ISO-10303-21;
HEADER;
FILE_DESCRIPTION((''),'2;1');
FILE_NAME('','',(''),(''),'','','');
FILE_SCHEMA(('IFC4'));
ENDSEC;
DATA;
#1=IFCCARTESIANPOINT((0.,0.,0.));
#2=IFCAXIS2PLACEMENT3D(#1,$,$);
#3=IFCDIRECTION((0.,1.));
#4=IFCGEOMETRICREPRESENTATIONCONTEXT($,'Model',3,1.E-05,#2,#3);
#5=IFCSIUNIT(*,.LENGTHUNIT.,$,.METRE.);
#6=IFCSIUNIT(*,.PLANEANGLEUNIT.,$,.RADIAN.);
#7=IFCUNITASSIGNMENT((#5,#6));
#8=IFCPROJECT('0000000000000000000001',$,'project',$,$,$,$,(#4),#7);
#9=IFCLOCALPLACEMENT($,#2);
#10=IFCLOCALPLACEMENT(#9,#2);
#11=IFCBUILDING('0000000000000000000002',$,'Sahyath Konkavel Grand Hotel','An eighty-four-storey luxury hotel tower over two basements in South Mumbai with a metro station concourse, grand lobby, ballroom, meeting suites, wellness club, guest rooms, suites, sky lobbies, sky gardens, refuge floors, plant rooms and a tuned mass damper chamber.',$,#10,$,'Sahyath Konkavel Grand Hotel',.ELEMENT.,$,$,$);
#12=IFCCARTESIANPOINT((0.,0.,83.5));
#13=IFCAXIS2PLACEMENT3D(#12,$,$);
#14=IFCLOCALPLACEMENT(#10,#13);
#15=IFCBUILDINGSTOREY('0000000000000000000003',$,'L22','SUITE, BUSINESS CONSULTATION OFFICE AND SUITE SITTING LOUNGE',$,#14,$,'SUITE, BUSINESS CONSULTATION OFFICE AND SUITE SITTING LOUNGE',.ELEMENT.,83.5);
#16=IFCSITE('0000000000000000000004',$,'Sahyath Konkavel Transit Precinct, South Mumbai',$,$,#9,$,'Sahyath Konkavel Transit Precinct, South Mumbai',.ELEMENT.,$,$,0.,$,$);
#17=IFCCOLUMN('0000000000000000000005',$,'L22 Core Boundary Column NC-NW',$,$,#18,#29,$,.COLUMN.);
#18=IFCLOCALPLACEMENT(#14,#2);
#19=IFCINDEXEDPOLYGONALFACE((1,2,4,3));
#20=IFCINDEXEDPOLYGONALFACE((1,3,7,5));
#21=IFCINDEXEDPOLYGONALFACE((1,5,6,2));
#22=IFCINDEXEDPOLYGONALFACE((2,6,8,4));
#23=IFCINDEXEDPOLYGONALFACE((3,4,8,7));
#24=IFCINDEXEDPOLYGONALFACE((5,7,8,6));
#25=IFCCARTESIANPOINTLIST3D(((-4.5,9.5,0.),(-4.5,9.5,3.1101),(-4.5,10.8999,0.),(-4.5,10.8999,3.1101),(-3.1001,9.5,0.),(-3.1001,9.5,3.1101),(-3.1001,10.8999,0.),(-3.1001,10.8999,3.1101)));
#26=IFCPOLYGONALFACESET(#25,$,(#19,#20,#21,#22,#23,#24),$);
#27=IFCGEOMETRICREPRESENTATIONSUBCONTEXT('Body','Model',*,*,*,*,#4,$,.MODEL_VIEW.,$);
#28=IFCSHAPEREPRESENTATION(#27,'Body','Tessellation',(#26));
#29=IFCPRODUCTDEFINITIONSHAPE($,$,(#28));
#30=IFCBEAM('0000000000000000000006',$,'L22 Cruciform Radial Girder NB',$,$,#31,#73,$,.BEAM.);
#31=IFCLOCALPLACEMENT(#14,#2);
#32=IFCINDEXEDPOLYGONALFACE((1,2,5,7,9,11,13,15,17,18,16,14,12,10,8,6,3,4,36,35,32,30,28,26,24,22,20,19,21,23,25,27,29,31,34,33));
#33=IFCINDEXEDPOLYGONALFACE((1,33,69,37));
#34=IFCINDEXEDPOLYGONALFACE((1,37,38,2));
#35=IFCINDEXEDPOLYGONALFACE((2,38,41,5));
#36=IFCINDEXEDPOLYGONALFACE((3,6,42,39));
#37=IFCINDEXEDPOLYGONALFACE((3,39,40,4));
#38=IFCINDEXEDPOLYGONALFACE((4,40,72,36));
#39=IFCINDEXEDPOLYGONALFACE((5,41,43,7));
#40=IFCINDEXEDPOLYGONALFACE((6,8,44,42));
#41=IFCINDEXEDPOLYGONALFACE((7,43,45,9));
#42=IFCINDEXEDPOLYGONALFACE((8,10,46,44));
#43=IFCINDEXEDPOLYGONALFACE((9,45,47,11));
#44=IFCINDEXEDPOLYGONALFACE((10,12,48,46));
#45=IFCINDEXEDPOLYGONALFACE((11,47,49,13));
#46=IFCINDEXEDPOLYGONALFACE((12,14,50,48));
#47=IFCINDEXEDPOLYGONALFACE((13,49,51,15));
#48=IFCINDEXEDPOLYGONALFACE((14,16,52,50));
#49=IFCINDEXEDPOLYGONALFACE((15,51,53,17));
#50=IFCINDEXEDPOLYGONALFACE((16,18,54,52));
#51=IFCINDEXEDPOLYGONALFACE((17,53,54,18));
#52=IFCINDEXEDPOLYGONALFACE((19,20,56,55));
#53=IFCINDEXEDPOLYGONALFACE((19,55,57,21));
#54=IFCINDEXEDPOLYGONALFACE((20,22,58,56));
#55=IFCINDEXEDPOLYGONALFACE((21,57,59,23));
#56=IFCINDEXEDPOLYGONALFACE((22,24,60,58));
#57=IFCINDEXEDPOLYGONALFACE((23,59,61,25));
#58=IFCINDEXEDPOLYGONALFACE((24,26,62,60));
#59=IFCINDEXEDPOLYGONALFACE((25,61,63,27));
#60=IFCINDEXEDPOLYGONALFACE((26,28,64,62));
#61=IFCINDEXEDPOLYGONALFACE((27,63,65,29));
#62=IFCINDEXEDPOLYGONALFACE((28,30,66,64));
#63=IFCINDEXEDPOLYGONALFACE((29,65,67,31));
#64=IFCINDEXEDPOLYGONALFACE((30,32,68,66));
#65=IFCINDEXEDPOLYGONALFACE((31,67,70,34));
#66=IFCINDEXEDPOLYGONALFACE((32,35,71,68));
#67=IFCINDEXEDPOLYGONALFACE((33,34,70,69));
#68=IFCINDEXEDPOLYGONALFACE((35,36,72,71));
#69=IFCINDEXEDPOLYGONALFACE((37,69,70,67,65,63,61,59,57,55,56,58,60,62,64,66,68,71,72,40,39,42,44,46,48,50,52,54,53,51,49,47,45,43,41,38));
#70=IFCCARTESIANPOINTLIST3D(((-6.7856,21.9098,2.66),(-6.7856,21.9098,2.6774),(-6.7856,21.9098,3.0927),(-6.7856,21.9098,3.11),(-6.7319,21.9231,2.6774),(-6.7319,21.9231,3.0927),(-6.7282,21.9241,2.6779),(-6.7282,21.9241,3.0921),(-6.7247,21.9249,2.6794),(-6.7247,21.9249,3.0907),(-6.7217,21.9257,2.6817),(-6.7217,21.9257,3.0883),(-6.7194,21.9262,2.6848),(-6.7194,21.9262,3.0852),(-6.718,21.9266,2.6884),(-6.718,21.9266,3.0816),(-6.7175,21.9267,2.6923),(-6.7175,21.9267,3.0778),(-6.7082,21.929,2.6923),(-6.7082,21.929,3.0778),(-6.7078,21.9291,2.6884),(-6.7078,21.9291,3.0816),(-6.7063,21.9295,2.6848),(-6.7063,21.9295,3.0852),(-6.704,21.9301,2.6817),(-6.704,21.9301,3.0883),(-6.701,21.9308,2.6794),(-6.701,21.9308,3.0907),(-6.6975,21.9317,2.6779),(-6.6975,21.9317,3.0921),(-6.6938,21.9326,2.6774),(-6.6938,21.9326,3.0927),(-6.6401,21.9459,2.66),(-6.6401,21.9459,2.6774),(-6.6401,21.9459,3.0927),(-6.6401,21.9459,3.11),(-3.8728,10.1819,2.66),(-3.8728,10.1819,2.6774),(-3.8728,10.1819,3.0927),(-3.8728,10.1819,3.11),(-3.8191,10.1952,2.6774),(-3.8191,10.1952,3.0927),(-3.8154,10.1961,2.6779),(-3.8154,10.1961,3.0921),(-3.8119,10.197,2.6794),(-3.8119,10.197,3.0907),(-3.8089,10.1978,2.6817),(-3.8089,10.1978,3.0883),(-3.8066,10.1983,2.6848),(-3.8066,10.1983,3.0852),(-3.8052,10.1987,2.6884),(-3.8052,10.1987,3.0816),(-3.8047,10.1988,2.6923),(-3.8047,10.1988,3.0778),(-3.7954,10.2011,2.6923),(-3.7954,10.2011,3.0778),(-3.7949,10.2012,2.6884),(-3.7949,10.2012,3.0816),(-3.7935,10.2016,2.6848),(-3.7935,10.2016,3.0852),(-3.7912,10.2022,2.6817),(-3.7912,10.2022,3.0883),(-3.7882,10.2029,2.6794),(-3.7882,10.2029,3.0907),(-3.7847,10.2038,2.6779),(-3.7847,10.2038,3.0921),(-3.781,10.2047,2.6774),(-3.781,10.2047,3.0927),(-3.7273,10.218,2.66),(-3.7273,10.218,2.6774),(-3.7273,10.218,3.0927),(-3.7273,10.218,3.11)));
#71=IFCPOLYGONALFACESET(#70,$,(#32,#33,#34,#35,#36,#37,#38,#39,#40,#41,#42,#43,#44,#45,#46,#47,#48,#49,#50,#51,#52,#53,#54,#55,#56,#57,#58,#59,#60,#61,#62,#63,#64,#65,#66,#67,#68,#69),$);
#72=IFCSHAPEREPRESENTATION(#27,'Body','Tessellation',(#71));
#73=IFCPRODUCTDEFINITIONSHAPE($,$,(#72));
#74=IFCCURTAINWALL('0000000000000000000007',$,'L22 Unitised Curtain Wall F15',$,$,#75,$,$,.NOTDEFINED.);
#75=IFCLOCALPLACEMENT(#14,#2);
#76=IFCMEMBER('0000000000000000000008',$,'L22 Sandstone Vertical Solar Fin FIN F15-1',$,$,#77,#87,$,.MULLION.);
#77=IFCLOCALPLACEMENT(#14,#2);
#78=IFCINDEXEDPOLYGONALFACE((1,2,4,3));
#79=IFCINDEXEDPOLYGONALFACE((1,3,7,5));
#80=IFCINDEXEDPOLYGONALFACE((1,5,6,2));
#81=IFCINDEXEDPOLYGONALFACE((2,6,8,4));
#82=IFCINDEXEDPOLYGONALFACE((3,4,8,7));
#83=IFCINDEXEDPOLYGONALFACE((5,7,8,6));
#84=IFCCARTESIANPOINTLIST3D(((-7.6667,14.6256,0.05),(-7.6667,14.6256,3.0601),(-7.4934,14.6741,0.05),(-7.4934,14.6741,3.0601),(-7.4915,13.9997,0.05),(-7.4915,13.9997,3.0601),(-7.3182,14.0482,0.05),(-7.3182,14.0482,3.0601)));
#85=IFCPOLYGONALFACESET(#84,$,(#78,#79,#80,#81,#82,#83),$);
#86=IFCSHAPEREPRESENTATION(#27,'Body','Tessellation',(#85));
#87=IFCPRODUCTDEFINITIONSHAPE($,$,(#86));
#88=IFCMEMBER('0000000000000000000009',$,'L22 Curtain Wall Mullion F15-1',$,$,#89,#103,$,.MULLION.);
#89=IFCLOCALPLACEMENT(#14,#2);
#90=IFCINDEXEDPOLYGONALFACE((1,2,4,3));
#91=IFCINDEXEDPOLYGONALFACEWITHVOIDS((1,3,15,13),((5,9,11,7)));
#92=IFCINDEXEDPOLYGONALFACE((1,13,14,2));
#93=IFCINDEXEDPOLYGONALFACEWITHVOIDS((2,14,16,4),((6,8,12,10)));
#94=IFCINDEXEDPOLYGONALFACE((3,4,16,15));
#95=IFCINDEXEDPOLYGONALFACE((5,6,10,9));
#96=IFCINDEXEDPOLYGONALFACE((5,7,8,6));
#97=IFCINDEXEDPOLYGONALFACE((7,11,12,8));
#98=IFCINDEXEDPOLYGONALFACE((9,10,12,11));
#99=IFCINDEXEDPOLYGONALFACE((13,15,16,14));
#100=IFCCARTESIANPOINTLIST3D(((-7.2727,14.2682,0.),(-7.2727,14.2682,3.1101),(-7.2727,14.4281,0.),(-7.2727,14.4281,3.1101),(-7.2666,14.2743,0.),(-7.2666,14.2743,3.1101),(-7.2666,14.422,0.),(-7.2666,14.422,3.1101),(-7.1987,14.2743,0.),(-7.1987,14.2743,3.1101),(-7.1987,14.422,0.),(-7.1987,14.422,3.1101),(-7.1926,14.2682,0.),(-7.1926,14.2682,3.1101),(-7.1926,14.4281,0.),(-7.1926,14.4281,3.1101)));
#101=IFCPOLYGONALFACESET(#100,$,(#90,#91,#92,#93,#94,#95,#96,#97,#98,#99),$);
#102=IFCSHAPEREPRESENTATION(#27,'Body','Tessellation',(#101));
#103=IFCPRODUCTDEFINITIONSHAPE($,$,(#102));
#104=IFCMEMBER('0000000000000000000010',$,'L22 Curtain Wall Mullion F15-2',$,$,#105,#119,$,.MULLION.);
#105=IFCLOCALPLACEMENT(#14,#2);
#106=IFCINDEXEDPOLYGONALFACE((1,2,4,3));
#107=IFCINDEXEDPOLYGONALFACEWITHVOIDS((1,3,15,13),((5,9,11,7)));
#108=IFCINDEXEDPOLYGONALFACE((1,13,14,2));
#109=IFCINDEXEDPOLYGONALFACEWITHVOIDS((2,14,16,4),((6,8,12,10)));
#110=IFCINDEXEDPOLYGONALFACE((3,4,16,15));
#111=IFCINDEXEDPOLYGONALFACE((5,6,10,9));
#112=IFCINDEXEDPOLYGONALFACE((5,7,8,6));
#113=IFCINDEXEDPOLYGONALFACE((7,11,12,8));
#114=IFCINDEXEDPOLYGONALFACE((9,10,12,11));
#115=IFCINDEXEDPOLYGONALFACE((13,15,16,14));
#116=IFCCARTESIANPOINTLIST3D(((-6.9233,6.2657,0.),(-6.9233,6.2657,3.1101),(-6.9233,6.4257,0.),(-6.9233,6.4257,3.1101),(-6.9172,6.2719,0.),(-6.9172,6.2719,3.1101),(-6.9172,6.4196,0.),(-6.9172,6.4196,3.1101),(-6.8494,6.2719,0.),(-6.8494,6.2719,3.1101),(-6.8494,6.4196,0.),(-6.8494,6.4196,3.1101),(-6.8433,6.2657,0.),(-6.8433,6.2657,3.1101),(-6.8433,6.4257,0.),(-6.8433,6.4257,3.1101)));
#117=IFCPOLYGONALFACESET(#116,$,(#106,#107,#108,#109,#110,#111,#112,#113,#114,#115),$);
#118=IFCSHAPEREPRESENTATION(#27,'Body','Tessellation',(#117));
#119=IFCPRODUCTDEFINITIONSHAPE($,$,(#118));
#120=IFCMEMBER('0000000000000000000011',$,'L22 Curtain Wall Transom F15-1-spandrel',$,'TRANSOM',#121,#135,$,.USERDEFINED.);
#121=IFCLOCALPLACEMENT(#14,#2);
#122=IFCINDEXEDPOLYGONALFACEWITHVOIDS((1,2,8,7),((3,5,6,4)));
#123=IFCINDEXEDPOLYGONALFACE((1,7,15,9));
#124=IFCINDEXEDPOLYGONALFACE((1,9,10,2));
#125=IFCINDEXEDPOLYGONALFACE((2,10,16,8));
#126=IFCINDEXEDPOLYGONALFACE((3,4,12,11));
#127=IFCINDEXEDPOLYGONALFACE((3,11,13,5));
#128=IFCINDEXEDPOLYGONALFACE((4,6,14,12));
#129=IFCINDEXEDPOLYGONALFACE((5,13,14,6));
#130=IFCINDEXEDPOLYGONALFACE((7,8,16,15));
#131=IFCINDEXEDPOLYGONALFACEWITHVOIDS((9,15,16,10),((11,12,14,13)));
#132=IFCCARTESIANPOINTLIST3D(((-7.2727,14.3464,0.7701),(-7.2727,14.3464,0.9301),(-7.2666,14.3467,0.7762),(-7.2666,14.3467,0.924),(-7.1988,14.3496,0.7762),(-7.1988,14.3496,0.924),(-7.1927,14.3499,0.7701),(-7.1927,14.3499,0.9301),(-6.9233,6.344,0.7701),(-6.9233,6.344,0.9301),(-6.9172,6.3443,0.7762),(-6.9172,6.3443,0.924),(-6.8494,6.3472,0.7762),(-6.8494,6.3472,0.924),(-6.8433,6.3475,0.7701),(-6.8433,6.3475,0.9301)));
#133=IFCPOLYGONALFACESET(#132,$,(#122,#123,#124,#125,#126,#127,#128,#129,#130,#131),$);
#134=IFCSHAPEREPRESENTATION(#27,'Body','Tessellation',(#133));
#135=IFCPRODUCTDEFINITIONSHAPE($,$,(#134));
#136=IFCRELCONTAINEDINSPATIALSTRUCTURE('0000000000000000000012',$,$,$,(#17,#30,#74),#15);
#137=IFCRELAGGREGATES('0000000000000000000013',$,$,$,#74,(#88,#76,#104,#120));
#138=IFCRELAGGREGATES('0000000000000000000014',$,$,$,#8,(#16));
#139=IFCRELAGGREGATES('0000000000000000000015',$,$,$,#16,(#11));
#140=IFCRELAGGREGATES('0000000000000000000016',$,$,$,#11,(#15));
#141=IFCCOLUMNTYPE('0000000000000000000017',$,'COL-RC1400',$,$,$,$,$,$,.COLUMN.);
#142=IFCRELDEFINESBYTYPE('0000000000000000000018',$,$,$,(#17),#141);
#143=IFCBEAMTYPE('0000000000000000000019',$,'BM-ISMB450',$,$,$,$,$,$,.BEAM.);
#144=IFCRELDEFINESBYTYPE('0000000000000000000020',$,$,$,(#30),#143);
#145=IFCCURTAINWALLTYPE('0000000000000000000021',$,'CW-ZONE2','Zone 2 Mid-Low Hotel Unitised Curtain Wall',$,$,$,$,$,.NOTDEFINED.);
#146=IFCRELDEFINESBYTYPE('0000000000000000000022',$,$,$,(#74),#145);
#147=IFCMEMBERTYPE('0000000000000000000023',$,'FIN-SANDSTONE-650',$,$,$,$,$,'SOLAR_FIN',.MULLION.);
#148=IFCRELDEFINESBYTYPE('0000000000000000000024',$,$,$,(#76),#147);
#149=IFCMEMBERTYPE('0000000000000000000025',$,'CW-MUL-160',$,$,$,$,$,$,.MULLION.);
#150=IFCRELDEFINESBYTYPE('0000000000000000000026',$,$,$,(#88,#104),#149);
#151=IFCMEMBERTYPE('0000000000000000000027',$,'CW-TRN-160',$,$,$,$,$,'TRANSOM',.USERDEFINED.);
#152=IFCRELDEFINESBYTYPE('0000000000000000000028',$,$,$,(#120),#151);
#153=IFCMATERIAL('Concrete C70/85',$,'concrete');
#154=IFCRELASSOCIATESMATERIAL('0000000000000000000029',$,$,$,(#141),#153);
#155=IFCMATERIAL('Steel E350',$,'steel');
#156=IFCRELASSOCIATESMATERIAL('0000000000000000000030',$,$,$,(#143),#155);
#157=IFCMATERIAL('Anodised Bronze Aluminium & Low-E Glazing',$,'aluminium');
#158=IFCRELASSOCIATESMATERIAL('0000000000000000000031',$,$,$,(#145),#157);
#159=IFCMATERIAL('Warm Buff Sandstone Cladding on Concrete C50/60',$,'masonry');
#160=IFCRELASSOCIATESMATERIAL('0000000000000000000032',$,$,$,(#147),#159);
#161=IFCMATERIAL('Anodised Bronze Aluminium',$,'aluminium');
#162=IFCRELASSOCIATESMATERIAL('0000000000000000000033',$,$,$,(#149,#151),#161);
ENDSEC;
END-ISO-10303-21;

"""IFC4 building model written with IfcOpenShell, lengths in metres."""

from ifc_helpers import new_model, si_unit, direction, frame, origin, origin_2d, place, context, subcontext, project, spatial, rectangle, hollow_rectangle, i_section, extrude, source, transform, mapped, material, material_profile, profile_set, type_object, element, aggregate, save


model = new_model("IFC4")

# Units and contexts
model_context = context("Model", 3, precision=1e-05, world=origin(), true_north=direction((0.0, 1.0)))
body_context = subcontext(model_context, "Body", "Model", "MODEL_VIEW")
ifc_project = project(units=[si_unit("LENGTHUNIT", "METRE"), si_unit("PLANEANGLEUNIT", "RADIAN")], contexts=[model_context])

# Site, building, storey
site_placement = place(None, origin())
site = spatial("IfcSite", under=ifc_project, at=site_placement, Name="Sahyath Konkavel Transit Precinct, South Mumbai", LongName="Sahyath Konkavel Transit Precinct, South Mumbai", CompositionType="ELEMENT", RefElevation=0.0)
building_placement = place(site_placement, origin())
building = spatial("IfcBuilding", under=site, at=building_placement, Name="Sahyath Konkavel Grand Hotel", Description="An eighty-four-storey luxury hotel tower over two basements in South Mumbai with a metro station concourse, grand lobby, ballroom, meeting suites, wellness club, guest rooms, suites, sky lobbies, sky gardens, refuge floors, plant rooms and a tuned mass damper chamber.", LongName="Sahyath Konkavel Grand Hotel", CompositionType="ELEMENT")
storey_placement = place(building_placement, frame((0.0, 0.0, 83.5)))
storey = spatial("IfcBuildingStorey", under=building, at=storey_placement, Name="L22", Description="SUITE, BUSINESS CONSULTATION OFFICE AND SUITE SITTING LOUNGE", LongName="SUITE, BUSINESS CONSULTATION OFFICE AND SUITE SITTING LOUNGE", CompositionType="ELEMENT", Elevation=83.5)

# Column
ifc_material_1 = material(Name="Concrete C70/85", Category="concrete")
ifc_material_profile_1 = material_profile(ifc_material_1, rectangle(XDim=1.3999, YDim=1.3999, at=origin_2d()), Name="RC 1400x1400")
ifc_profile_set_1 = profile_set([ifc_material_profile_1], Name="Concrete C70/85")
column_type = type_object("IfcColumnType", Name="COL-RC1400", PredefinedType="COLUMN", material=ifc_profile_set_1)
shared_shape_1 = source(origin(), body_context, "Body", "SweptSolid", [
    extrude(rectangle(XDim=1.3999, YDim=1.3999, at=origin_2d()), origin(), (0.0, 0.0, 1.0), 3.1101),
])
column_placement = place(storey_placement, frame((-3.8, 10.2, 0.0), z_axis=(0.0, 0.0, 1.0), x_axis=(1.0, 0.0, 0.0)))
element("IfcColumn", 1, at=column_placement, inside=storey, type_object=column_type, Name="L22 Core Boundary Column NC-NW", PredefinedType="COLUMN", context=body_context, shape_type="MappedRepresentation", body=[
    mapped(shared_shape_1, transform((0.0, 0.0, 0.0), scale=1.0)),
])

# Beam
ifc_material_2 = material(Name="Steel E350", Category="steel")
ifc_material_profile_2 = material_profile(ifc_material_2, i_section(OverallWidth=0.1499, OverallDepth=0.45, WebThickness=0.0095, FlangeThickness=0.0173, FilletRadius=0.0149, at=origin_2d()), Name="ISMB 450")
ifc_profile_set_2 = profile_set([ifc_material_profile_2], Name="Steel E350")
beam_type_1 = type_object("IfcBeamType", Name="BM-ISMB450", PredefinedType="BEAM", material=ifc_profile_set_2)
shared_shape_2 = source(origin(), body_context, "Body", "SweptSolid", [
    extrude(i_section(OverallWidth=0.1499, OverallDepth=0.45, WebThickness=0.0095, FlangeThickness=0.0173, FilletRadius=0.0149, at=origin_2d()), origin(), (0.0, 0.0, 1.0), 12.0842),
])
beam_1_placement = place(storey_placement, frame((-3.8, 10.2, 2.885), z_axis=(-0.241043, 0.970515, 0.0), x_axis=(-0.970515, -0.241043, 0.0)))
element("IfcBeam", 2, at=beam_1_placement, inside=storey, type_object=beam_type_1, Name="L22 Cruciform Radial Girder NB", PredefinedType="BEAM", context=body_context, shape_type="MappedRepresentation", body=[
    mapped(shared_shape_2, transform((0.0, 0.0, 0.0), scale=1.0)),
])

# Curtain wall, members
ifc_material_3 = material(Name="Anodised Bronze Aluminium & Low-E Glazing", Category="aluminium")
curtain_wall_type = type_object("IfcCurtainWallType", Name="CW-ZONE2", Description="Zone 2 Mid-Low Hotel Unitised Curtain Wall", PredefinedType="NOTDEFINED", material=ifc_material_3)
curtain_wall_placement = place(storey_placement, origin())
curtain_wall = element("IfcCurtainWall", 3, at=curtain_wall_placement, inside=storey, type_object=curtain_wall_type, Name="L22 Unitised Curtain Wall F15", PredefinedType="NOTDEFINED")
ifc_material_4 = material(Name="Warm Buff Sandstone Cladding on Concrete C50/60", Category="masonry")
ifc_material_profile_3 = material_profile(ifc_material_4, rectangle(XDim=0.1799, YDim=0.6499, at=origin_2d()), Name="FIN 180x650")
ifc_profile_set_3 = profile_set([ifc_material_profile_3], Name="Warm Buff Sandstone Cladding on Concrete C50/60")
member_type_1 = type_object("IfcMemberType", Name="FIN-SANDSTONE-650", ElementType="SOLAR_FIN", PredefinedType="MULLION", material=ifc_profile_set_3)
shared_shape_3 = source(origin(), body_context, "Body", "SweptSolid", [
    extrude(rectangle(XDim=0.1799, YDim=0.6499, at=origin_2d()), origin(), (0.0, 0.0, 1.0), 3.01),
])
member_1_placement = place(storey_placement, frame((-7.4924, 14.3369, 0.05), z_axis=(0.0, 0.0, 1.0), x_axis=(0.962975, 0.269592, 0.0)))
member_1 = element("IfcMember", 4, at=member_1_placement, type_object=member_type_1, Name="L22 Sandstone Vertical Solar Fin FIN F15-1", PredefinedType="MULLION", context=body_context, shape_type="MappedRepresentation", body=[
    mapped(shared_shape_3, transform((0.0, 0.0, 0.0), scale=1.0)),
])
ifc_material_5 = material(Name="Anodised Bronze Aluminium", Category="aluminium")
ifc_material_profile_4 = material_profile(ifc_material_5, hollow_rectangle(XDim=0.0801, YDim=0.1599, WallThickness=0.0061, at=origin_2d()), Name="RHS 160x80x6")
ifc_profile_set_4 = profile_set([ifc_material_profile_4], Name="Anodised Bronze Aluminium")
member_type_2 = type_object("IfcMemberType", Name="CW-MUL-160", PredefinedType="MULLION", material=ifc_profile_set_4)
shared_shape_4 = source(origin(), body_context, "Body", "SweptSolid", [
    extrude(hollow_rectangle(XDim=0.0801, YDim=0.1599, WallThickness=0.0061, at=origin_2d()), origin(), (0.0, 0.0, 1.0), 3.1101),
])
member_2_placement = place(storey_placement, frame((-7.2327, 14.3481, 0.0), z_axis=(0.0, 0.0, 1.0), x_axis=(1.0, 0.0, 0.0)))
member_2 = element("IfcMember", 5, at=member_2_placement, type_object=member_type_2, Name="L22 Curtain Wall Mullion F15-1", PredefinedType="MULLION", context=body_context, shape_type="MappedRepresentation", body=[
    mapped(shared_shape_4, transform((0.0, 0.0, 0.0), scale=1.0)),
])
member_3_placement = place(storey_placement, frame((-6.8833, 6.3457, 0.0), z_axis=(0.0, 0.0, 1.0), x_axis=(1.0, 0.0, 0.0)))
member_3 = element("IfcMember", 6, at=member_3_placement, type_object=member_type_2, Name="L22 Curtain Wall Mullion F15-2", PredefinedType="MULLION", context=body_context, shape_type="MappedRepresentation", body=[
    mapped(shared_shape_4, transform((0.0, 0.0, 0.0), scale=1.0)),
])
ifc_material_profile_5 = material_profile(ifc_material_5, hollow_rectangle(XDim=0.0801, YDim=0.1599, WallThickness=0.0061, at=origin_2d()), Name="RHS 160x80x6")
ifc_profile_set_5 = profile_set([ifc_material_profile_5], Name="Anodised Bronze Aluminium")
member_type_3 = type_object("IfcMemberType", Name="CW-TRN-160", ElementType="TRANSOM", PredefinedType="USERDEFINED", material=ifc_profile_set_5)
shared_shape_5 = source(origin(), body_context, "Body", "SweptSolid", [
    extrude(hollow_rectangle(XDim=0.0801, YDim=0.1599, WallThickness=0.0061, at=origin_2d()), origin(), (0.0, 0.0, 1.0), 8.01),
])
member_4_placement = place(storey_placement, frame((-7.2327, 14.3481, 0.8501), z_axis=(0.043616, -0.999048, 0.0), x_axis=(0.999048, 0.043616, 0.0)))
member_4 = element("IfcMember", 7, at=member_4_placement, type_object=member_type_3, Name="L22 Curtain Wall Transom F15-1-spandrel", ObjectType="TRANSOM", PredefinedType="USERDEFINED", context=body_context, shape_type="MappedRepresentation", body=[
    mapped(shared_shape_5, transform((0.0, 0.0, 0.0), scale=1.0)),
])

aggregate(curtain_wall, [member_2, member_1, member_3, member_4])

save(model, "model.ifc")
